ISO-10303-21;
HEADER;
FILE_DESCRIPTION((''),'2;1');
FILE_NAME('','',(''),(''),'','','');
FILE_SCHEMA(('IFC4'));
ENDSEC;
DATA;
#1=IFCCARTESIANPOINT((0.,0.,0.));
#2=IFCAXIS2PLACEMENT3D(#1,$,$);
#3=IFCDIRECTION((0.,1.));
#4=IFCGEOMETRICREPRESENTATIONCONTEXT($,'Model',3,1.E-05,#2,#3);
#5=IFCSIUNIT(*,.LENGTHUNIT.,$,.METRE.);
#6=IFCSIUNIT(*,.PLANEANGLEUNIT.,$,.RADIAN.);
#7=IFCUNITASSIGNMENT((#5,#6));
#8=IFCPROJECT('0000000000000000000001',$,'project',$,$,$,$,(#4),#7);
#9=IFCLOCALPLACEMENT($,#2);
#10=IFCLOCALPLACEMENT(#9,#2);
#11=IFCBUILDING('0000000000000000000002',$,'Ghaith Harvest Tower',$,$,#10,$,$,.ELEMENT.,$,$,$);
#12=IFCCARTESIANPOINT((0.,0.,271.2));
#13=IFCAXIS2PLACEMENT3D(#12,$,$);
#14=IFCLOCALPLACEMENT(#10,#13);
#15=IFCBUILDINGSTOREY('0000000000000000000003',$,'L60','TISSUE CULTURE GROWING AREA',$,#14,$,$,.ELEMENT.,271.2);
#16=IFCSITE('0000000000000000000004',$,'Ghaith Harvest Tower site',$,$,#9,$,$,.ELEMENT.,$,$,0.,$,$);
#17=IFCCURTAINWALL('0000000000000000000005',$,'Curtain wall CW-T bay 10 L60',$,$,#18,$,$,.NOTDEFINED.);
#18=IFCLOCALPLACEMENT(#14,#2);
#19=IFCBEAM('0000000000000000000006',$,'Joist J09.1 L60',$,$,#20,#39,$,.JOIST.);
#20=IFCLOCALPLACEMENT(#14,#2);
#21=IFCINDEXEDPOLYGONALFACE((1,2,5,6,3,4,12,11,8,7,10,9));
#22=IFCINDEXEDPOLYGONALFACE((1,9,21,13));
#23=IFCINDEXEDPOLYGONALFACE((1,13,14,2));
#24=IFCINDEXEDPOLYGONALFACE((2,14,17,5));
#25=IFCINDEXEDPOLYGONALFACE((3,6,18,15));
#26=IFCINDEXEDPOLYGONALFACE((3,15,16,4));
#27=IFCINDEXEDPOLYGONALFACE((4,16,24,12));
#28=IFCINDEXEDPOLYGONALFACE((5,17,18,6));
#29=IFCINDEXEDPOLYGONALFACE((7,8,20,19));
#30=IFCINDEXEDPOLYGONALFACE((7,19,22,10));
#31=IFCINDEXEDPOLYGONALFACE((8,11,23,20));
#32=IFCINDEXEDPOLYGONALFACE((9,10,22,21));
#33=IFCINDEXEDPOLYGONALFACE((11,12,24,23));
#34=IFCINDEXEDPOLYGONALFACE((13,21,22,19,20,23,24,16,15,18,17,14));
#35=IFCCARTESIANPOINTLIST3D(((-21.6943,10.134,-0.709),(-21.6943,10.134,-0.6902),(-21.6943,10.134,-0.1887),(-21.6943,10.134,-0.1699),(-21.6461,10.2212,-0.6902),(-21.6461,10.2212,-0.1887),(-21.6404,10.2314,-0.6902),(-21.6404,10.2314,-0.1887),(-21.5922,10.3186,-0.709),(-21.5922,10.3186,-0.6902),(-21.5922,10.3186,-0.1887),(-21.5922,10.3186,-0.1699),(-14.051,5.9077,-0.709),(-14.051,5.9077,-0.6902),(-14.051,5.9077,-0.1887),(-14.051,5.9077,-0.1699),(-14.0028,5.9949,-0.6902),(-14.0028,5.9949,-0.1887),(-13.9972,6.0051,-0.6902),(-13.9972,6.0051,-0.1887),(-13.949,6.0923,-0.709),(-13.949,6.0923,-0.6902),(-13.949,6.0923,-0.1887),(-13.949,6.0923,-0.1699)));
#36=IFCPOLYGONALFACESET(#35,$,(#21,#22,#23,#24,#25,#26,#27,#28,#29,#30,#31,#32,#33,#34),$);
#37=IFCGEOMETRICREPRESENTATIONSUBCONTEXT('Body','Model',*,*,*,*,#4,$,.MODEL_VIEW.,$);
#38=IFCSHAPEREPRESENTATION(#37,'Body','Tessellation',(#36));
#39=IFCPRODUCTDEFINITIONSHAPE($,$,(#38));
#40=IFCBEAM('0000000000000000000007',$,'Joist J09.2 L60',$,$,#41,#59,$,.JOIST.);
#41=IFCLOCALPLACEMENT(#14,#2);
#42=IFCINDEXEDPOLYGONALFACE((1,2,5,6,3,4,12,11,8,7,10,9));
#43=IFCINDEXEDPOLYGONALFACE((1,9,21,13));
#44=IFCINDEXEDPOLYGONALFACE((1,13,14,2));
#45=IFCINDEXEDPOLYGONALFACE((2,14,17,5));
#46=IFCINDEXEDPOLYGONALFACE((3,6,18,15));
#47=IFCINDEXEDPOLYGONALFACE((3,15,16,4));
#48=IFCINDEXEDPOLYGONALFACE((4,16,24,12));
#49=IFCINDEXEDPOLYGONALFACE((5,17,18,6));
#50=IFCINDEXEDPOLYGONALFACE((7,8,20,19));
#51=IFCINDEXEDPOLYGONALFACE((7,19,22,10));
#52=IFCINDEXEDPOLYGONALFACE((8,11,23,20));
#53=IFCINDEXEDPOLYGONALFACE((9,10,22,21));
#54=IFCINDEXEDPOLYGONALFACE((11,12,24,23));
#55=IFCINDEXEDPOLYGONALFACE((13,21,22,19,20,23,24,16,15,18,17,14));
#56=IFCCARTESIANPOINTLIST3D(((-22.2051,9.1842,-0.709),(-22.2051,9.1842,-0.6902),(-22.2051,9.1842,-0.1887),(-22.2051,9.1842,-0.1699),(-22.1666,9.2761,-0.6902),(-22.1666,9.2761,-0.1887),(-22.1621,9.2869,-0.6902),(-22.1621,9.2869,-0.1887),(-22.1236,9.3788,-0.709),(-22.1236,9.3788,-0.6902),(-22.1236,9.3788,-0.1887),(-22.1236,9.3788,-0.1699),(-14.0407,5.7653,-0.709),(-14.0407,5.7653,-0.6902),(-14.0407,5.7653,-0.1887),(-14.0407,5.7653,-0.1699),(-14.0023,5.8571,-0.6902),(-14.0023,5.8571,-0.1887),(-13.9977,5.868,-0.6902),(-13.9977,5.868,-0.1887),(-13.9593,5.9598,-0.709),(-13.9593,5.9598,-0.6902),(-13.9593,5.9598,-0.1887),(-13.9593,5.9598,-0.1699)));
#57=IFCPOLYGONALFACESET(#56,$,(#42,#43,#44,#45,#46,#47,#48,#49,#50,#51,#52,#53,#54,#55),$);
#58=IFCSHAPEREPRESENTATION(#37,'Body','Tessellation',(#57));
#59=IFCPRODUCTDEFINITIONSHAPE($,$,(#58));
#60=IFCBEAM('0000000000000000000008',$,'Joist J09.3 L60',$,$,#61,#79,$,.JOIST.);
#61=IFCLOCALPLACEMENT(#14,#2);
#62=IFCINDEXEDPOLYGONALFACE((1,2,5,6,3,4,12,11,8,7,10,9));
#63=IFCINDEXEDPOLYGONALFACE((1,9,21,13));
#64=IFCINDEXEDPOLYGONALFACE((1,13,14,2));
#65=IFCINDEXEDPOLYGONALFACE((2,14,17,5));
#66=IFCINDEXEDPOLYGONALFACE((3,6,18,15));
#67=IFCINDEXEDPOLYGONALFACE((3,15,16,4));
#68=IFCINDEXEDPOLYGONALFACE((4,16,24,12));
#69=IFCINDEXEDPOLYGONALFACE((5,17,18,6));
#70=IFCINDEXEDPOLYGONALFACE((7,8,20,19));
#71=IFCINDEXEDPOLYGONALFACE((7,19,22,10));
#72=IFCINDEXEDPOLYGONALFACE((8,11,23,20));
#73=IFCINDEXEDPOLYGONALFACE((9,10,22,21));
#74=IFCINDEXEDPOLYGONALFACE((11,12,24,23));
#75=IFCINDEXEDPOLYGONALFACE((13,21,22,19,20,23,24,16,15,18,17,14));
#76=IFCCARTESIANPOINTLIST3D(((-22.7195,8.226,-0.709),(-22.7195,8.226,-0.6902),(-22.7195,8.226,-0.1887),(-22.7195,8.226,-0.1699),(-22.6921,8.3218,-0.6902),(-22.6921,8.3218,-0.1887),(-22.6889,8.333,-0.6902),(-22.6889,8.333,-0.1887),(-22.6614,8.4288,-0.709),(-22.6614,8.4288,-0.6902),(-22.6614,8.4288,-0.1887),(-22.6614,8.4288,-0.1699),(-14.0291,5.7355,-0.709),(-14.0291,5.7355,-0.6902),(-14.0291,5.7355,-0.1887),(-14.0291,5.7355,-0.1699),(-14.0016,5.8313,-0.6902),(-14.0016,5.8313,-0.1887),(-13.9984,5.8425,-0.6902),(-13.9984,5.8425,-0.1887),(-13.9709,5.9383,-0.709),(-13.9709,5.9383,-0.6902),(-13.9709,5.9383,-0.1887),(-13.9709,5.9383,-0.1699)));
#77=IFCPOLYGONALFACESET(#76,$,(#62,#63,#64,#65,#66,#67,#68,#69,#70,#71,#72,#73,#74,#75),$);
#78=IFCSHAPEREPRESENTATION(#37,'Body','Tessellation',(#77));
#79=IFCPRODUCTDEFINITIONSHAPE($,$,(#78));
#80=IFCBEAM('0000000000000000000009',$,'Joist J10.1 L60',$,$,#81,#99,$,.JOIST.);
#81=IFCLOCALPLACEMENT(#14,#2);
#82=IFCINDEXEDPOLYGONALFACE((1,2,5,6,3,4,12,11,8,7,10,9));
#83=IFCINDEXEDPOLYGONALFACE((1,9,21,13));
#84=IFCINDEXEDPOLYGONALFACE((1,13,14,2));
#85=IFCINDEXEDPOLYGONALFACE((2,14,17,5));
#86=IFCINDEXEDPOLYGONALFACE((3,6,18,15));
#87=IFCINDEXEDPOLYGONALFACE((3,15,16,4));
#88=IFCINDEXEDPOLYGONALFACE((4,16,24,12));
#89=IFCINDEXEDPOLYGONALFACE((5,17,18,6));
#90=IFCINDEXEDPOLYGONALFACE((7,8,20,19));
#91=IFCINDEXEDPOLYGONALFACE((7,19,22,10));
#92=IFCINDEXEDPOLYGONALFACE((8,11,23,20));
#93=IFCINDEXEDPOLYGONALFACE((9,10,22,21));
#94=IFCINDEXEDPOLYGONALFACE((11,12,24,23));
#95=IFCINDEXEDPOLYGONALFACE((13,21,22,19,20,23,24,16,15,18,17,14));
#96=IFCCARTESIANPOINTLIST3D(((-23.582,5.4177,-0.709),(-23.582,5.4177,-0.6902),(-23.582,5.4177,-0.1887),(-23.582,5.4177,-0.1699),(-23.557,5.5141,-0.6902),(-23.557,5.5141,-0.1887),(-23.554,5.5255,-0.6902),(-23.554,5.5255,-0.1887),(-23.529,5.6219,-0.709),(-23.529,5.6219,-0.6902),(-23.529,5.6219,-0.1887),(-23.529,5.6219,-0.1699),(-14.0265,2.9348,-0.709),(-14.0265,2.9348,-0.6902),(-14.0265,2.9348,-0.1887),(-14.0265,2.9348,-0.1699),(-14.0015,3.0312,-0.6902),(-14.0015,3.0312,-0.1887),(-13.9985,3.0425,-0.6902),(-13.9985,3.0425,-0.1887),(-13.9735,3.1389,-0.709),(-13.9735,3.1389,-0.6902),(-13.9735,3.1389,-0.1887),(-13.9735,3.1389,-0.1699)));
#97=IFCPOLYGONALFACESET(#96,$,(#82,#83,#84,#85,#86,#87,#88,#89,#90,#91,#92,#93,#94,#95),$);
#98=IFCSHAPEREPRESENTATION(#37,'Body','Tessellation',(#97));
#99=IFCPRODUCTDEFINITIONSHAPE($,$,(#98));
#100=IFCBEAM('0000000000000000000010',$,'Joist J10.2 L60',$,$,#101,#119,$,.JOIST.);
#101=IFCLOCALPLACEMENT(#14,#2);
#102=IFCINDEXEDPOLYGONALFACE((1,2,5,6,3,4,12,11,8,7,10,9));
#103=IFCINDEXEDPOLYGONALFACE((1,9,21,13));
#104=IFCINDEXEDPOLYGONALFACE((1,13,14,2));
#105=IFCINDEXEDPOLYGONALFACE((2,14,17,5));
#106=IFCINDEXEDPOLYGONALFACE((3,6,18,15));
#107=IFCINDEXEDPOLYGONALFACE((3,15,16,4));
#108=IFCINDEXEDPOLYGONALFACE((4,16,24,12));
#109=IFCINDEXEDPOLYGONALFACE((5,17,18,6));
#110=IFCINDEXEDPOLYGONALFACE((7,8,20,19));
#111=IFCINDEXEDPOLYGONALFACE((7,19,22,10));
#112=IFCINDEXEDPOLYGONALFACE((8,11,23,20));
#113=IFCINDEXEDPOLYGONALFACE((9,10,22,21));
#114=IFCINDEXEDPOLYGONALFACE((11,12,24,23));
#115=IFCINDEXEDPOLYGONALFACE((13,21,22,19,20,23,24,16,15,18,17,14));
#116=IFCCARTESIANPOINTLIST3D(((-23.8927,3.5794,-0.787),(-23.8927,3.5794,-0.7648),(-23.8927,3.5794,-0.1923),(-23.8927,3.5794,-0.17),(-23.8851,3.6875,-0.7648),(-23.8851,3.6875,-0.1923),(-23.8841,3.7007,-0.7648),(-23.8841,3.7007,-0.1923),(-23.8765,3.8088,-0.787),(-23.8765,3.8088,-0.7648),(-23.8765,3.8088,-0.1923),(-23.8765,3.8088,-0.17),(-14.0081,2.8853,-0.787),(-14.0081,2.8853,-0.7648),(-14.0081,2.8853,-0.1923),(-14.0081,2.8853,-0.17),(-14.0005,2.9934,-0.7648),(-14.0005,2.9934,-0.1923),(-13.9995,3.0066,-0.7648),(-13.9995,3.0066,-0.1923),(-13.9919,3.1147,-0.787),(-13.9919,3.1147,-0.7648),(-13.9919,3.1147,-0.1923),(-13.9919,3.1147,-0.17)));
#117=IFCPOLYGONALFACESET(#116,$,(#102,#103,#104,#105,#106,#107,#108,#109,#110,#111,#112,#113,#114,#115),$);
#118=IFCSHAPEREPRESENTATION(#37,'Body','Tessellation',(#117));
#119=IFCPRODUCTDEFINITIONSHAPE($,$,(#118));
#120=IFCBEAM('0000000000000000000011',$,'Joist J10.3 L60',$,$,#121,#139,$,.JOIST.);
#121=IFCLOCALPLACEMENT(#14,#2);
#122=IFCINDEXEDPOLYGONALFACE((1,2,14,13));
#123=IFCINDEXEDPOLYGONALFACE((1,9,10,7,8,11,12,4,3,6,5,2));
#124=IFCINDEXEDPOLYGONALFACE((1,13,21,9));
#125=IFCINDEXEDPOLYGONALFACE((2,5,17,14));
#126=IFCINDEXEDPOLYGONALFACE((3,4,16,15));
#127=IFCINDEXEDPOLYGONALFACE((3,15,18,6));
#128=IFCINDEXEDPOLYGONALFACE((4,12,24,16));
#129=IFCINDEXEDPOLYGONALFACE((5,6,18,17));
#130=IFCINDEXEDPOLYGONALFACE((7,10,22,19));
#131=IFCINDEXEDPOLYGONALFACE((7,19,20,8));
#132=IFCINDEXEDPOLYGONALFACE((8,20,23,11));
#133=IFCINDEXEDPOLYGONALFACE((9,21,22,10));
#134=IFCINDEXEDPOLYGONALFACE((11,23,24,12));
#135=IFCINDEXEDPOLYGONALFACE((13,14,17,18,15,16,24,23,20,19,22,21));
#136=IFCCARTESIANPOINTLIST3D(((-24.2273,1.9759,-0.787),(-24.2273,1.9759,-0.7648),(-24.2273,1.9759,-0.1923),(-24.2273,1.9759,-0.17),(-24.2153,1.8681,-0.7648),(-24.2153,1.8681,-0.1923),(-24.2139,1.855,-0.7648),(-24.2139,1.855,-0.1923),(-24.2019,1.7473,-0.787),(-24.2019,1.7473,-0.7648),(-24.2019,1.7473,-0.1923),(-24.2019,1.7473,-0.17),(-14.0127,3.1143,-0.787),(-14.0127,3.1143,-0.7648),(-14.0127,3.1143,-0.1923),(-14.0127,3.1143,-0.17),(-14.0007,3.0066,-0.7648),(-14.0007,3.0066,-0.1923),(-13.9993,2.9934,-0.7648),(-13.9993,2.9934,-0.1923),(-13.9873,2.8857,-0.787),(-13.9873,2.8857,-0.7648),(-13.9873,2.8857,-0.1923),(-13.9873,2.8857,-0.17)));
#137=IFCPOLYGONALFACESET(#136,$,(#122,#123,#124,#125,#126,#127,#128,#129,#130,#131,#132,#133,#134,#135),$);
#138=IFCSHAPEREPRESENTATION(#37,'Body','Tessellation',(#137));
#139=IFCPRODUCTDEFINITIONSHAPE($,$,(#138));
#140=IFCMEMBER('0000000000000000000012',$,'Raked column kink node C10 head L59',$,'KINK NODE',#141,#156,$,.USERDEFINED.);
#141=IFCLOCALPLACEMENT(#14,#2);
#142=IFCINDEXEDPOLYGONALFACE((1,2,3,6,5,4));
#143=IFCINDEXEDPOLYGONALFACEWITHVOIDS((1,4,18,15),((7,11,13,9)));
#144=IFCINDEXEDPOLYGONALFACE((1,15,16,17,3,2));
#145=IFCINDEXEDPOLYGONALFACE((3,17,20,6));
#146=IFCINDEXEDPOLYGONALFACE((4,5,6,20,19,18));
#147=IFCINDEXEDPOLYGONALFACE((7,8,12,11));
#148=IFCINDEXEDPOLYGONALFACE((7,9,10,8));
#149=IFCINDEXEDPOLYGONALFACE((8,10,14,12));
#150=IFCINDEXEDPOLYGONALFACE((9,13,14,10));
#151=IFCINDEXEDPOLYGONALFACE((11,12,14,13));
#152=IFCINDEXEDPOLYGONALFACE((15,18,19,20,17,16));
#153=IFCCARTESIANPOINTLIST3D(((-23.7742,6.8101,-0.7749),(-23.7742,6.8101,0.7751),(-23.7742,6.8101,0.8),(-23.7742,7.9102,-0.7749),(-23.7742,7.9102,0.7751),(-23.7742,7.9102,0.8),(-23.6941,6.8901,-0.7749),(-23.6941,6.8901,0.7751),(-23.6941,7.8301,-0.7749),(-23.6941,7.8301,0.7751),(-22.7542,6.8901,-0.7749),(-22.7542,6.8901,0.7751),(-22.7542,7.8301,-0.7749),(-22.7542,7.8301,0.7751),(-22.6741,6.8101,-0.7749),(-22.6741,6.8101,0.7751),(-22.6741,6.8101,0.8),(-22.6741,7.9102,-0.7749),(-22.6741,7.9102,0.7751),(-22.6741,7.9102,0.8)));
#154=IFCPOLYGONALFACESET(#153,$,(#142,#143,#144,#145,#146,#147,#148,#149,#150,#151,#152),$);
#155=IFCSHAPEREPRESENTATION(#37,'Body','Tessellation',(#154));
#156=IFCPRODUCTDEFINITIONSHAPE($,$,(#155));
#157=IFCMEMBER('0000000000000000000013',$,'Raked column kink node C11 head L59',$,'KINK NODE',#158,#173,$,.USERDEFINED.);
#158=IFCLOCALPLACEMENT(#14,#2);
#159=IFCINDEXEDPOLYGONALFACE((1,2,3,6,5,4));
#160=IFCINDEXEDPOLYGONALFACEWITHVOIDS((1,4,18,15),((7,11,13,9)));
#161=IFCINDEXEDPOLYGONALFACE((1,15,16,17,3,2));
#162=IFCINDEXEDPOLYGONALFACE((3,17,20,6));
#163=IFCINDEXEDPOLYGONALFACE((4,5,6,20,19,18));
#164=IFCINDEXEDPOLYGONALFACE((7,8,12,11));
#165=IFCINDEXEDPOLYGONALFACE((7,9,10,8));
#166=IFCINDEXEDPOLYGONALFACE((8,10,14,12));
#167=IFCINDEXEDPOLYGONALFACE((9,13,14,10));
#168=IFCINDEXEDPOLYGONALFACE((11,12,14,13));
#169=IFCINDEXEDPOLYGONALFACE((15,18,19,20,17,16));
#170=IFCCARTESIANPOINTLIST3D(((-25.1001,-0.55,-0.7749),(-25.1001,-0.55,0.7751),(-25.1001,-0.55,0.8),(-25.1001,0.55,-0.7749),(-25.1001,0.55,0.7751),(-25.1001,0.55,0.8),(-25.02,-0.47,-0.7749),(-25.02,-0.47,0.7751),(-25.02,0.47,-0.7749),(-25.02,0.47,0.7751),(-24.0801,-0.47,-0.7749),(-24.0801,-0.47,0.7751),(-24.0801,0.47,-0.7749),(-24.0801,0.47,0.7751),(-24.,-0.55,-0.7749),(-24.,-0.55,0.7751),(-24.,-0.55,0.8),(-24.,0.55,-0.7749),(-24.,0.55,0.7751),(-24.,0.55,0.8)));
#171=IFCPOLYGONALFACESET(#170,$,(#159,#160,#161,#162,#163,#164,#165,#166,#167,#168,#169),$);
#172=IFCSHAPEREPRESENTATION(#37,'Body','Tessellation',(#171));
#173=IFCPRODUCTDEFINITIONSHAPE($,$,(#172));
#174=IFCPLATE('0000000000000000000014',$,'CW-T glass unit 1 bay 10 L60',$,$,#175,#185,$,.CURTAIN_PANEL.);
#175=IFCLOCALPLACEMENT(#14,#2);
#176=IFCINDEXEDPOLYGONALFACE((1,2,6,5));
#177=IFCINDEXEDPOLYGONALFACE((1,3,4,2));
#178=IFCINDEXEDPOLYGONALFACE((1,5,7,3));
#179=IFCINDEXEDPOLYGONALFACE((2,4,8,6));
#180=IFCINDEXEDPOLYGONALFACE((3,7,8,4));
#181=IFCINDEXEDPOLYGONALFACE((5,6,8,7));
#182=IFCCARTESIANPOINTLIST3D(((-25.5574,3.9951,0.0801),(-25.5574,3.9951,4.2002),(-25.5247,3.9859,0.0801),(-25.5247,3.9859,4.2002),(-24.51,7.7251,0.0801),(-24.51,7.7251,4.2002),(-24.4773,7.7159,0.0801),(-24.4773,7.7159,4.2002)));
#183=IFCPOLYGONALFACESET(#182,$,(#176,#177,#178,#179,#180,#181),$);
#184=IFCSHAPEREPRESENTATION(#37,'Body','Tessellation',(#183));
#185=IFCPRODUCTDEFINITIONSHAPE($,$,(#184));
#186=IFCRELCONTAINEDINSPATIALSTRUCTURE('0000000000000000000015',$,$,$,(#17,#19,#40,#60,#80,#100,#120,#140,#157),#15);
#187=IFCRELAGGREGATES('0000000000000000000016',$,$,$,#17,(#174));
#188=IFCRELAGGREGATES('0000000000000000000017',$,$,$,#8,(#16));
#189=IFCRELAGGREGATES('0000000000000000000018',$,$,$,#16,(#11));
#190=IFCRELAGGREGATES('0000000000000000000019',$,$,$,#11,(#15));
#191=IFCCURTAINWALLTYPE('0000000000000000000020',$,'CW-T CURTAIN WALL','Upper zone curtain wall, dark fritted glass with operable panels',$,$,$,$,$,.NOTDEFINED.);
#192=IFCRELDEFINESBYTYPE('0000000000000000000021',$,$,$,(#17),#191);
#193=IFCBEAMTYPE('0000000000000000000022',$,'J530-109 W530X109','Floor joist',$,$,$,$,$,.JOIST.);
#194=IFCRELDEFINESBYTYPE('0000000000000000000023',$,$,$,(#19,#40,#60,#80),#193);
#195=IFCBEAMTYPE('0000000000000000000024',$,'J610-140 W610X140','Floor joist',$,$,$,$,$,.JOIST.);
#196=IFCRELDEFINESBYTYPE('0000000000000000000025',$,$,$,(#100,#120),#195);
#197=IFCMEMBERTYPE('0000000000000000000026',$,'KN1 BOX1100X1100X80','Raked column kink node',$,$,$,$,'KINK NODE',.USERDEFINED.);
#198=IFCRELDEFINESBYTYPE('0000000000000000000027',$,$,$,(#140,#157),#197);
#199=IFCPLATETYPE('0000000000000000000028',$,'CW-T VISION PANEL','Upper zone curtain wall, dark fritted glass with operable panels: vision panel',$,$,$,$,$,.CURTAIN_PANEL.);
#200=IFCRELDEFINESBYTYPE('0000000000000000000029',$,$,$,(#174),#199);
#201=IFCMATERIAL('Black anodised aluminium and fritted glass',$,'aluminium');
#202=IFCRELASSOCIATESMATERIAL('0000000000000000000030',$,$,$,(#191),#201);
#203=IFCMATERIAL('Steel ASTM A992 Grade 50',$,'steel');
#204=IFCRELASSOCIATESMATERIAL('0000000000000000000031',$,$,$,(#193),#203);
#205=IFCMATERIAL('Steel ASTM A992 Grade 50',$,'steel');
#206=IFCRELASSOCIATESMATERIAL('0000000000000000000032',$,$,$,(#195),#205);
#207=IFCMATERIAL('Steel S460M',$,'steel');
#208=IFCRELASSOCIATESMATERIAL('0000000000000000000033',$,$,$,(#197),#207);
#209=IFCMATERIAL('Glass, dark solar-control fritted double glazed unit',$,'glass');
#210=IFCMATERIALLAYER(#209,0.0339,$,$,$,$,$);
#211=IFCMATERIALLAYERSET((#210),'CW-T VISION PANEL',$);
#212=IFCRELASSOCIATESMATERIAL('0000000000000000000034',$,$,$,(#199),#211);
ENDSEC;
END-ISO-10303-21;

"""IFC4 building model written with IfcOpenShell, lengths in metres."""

from ifc_helpers import new_model, si_unit, direction, frame, origin, origin_2d, place, context, subcontext, project, spatial, rectangle, hollow_rectangle, i_section, extrude, boolean, material, layer, layer_set, material_profile, profile_set, type_object, element, aggregate, save


model = new_model("IFC4")

# Units and contexts
model_context = context("Model", 3, precision=1e-05, world=origin(), true_north=direction((0.0, 1.0)))
body_context = subcontext(model_context, "Body", "Model", "MODEL_VIEW")
ifc_project = project(units=[si_unit("LENGTHUNIT", "METRE"), si_unit("PLANEANGLEUNIT", "RADIAN")], contexts=[model_context])

# Site, building, storey
site_placement = place(None, origin())
site = spatial("IfcSite", under=ifc_project, at=site_placement, Name="Ghaith Harvest Tower site", CompositionType="ELEMENT", RefElevation=0.0)
building_placement = place(site_placement, origin())
building = spatial("IfcBuilding", under=site, at=building_placement, Name="Ghaith Harvest Tower", CompositionType="ELEMENT")
storey_placement = place(building_placement, frame((0.0, 0.0, 271.2)))
storey = spatial("IfcBuildingStorey", under=building, at=storey_placement, Name="L60", Description="TISSUE CULTURE GROWING AREA", CompositionType="ELEMENT", Elevation=271.2)

# Curtain wall
ifc_material_1 = material(Name="Black anodised aluminium and fritted glass", Category="aluminium")
curtain_wall_type = type_object("IfcCurtainWallType", Name="CW-T CURTAIN WALL", Description="Upper zone curtain wall, dark fritted glass with operable panels", PredefinedType="NOTDEFINED", material=ifc_material_1)
curtain_wall_1_placement = place(storey_placement, origin())
curtain_wall_1 = element("IfcCurtainWall", 1, at=curtain_wall_1_placement, inside=storey, type_object=curtain_wall_type, Name="Curtain wall CW-T bay 10 L60", PredefinedType="NOTDEFINED")

# Beams
ifc_material_2 = material(Name="Steel ASTM A992 Grade 50", Category="steel")
ifc_material_profile_1 = material_profile(ifc_material_2, i_section(OverallWidth=0.2109, OverallDepth=0.5391, WebThickness=0.0117, FlangeThickness=0.0188, at=origin_2d()), Name="W530X109")
ifc_profile_set_1 = profile_set([ifc_material_profile_1], Name="Steel ASTM A992 Grade 50")
beam_type_1 = type_object("IfcBeamType", Name="J530-109 W530X109", Description="Floor joist", PredefinedType="JOIST", material=ifc_profile_set_1)
beam_1_placement = place(storey_placement, frame((-14.0, 6.0, -0.4395), z_axis=(-0.875126, 0.483895, 0.0), x_axis=(-0.483895, -0.875126, 0.0)))
element("IfcBeam", 2, at=beam_1_placement, inside=storey, type_object=beam_type_1, Name="Joist J09.1 L60", PredefinedType="JOIST", context=body_context, shape_type="SweptSolid", body=[
    extrude(i_section(OverallWidth=0.2109, OverallDepth=0.5391, WebThickness=0.0117, FlangeThickness=0.0188, at=origin_2d()), origin(), (0.0, 0.0, 1.0), 8.7339),
])
beam_2_placement = place(storey_placement, frame((-14.0, 5.8625, -0.4395), z_axis=(-0.922388, 0.386266, 0.0), x_axis=(-0.386266, -0.922388, 0.0)))
element("IfcBeam", 3, at=beam_2_placement, inside=storey, type_object=beam_type_1, Name="Joist J09.2 L60", PredefinedType="JOIST", context=body_context, shape_type="SweptSolid", body=[
    extrude(i_section(OverallWidth=0.2109, OverallDepth=0.5391, WebThickness=0.0117, FlangeThickness=0.0188, at=origin_2d()), origin(), (0.0, 0.0, 1.0), 8.8513),
])
beam_3_placement = place(storey_placement, frame((-14.0, 5.8369, -0.4395), z_axis=(-0.961305, 0.275488, 0.0), x_axis=(-0.275488, -0.961305, 0.0)))
element("IfcBeam", 4, at=beam_3_placement, inside=storey, type_object=beam_type_1, Name="Joist J09.3 L60", PredefinedType="JOIST", context=body_context, shape_type="SweptSolid", body=[
    extrude(i_section(OverallWidth=0.2109, OverallDepth=0.5391, WebThickness=0.0117, FlangeThickness=0.0188, at=origin_2d()), origin(), (0.0, 0.0, 1.0), 9.0403),
])
beam_4_placement = place(storey_placement, frame((-14.0, 3.0369, -0.4395), z_axis=(-0.967859, 0.251492, 0.0), x_axis=(-0.251492, -0.967859, 0.0)))
element("IfcBeam", 5, at=beam_4_placement, inside=storey, type_object=beam_type_1, Name="Joist J10.1 L60", PredefinedType="JOIST", context=body_context, shape_type="SweptSolid", body=[
    extrude(i_section(OverallWidth=0.2109, OverallDepth=0.5391, WebThickness=0.0117, FlangeThickness=0.0188, at=origin_2d()), origin(), (0.0, 0.0, 1.0), 9.8728),
])
ifc_material_3 = material(Name="Steel ASTM A992 Grade 50", Category="steel")
ifc_material_profile_2 = material_profile(ifc_material_3, i_section(OverallWidth=0.23, OverallDepth=0.6169, WebThickness=0.0132, FlangeThickness=0.0222, at=origin_2d()), Name="W610X140")
ifc_profile_set_2 = profile_set([ifc_material_profile_2], Name="Steel ASTM A992 Grade 50")
beam_type_2 = type_object("IfcBeamType", Name="J610-140 W610X140", Description="Floor joist", PredefinedType="JOIST", material=ifc_profile_set_2)
beam_5_placement = place(storey_placement, frame((-14.0, 3.0, -0.4785), z_axis=(-0.997544, 0.070048, 0.0), x_axis=(-0.070048, -0.997544, 0.0)))
element("IfcBeam", 6, at=beam_5_placement, inside=storey, type_object=beam_type_2, Name="Joist J10.2 L60", PredefinedType="JOIST", context=body_context, shape_type="SweptSolid", body=[
    extrude(i_section(OverallWidth=0.23, OverallDepth=0.6169, WebThickness=0.0132, FlangeThickness=0.0222, at=origin_2d()), origin(), (0.0, 0.0, 1.0), 9.9089),
])
beam_6_placement = place(storey_placement, frame((-14.0, 3.0, -0.4785), z_axis=(-0.993847, -0.110765, 0.0), x_axis=(0.110765, -0.993847, 0.0)))
element("IfcBeam", 7, at=beam_6_placement, inside=storey, type_object=beam_type_2, Name="Joist J10.3 L60", PredefinedType="JOIST", context=body_context, shape_type="SweptSolid", body=[
    extrude(i_section(OverallWidth=0.23, OverallDepth=0.6169, WebThickness=0.0132, FlangeThickness=0.0222, at=origin_2d()), origin(), (0.0, 0.0, 1.0), 10.2778),
])

# Members
ifc_material_4 = material(Name="Steel S460M", Category="steel")
ifc_material_profile_3 = material_profile(ifc_material_4, hollow_rectangle(XDim=1.1001, YDim=1.1001, WallThickness=0.0801, at=origin_2d()), Name="BOX1100X1100X80")
ifc_profile_set_3 = profile_set([ifc_material_profile_3], Name="Steel S460M")
member_type_1 = type_object("IfcMemberType", Name="KN1 BOX1100X1100X80", Description="Raked column kink node", ElementType="KINK NODE", PredefinedType="USERDEFINED", material=ifc_profile_set_3)
for number, where, z_axis, x_axis, name in (
    (8, (-23.2241, 7.3601, -0.7749), (0.0, 0.0, 1.0), (1.0, 0.0, 0.0), "Raked column kink node C10 head L59"),
    (9, (-24.55, 0.0, -0.7749), (0.0, 0.0, 1.0), (1.0, 0.0, 0.0), "Raked column kink node C11 head L59"),
):
    element("IfcMember", number, at=place(storey_placement, frame(where, z_axis=z_axis, x_axis=x_axis)), inside=storey, type_object=member_type_1, Name=name, ObjectType="KINK NODE", PredefinedType="USERDEFINED", context=body_context, shape_type="CSG", body=[
        boolean("UNION", extrude(hollow_rectangle(XDim=1.1001, YDim=1.1001, WallThickness=0.0801, at=origin_2d()), origin(), (0.0, 0.0, 1.0), 1.55), extrude(rectangle(XDim=1.1001, YDim=1.1001, at=origin_2d()), frame((0.0, 0.0, 1.55)), (0.0, 0.0, 1.0), 0.0249)),
    ])

# Plate
ifc_material_5 = material(Name="Glass, dark solar-control fritted double glazed unit", Category="glass")
ifc_layer_1 = layer(ifc_material_5, 0.0339)
ifc_layer_set_1 = layer_set([ifc_layer_1], Name="CW-T VISION PANEL")
plate_type_1 = type_object("IfcPlateType", Name="CW-T VISION PANEL", Description="Upper zone curtain wall, dark fritted glass with operable panels: vision panel", PredefinedType="CURTAIN_PANEL", material=ifc_layer_set_1)
plate_1_placement = place(storey_placement, frame((-25.0173, 5.8555, 0.0801), z_axis=(0.0, 0.0, 1.0), x_axis=(-0.270355, -0.962761, 0.0)))
plate_1 = element("IfcPlate", 10, at=plate_1_placement, type_object=plate_type_1, Name="CW-T glass unit 1 bay 10 L60", PredefinedType="CURTAIN_PANEL", context=body_context, shape_type="SweptSolid", body=[
    extrude(rectangle(XDim=3.8743, YDim=0.0339, at=origin_2d()), origin(), (0.0, 0.0, 1.0), 4.1201),
])
aggregate(curtain_wall_1, [plate_1])

save(model, "model.ifc")
